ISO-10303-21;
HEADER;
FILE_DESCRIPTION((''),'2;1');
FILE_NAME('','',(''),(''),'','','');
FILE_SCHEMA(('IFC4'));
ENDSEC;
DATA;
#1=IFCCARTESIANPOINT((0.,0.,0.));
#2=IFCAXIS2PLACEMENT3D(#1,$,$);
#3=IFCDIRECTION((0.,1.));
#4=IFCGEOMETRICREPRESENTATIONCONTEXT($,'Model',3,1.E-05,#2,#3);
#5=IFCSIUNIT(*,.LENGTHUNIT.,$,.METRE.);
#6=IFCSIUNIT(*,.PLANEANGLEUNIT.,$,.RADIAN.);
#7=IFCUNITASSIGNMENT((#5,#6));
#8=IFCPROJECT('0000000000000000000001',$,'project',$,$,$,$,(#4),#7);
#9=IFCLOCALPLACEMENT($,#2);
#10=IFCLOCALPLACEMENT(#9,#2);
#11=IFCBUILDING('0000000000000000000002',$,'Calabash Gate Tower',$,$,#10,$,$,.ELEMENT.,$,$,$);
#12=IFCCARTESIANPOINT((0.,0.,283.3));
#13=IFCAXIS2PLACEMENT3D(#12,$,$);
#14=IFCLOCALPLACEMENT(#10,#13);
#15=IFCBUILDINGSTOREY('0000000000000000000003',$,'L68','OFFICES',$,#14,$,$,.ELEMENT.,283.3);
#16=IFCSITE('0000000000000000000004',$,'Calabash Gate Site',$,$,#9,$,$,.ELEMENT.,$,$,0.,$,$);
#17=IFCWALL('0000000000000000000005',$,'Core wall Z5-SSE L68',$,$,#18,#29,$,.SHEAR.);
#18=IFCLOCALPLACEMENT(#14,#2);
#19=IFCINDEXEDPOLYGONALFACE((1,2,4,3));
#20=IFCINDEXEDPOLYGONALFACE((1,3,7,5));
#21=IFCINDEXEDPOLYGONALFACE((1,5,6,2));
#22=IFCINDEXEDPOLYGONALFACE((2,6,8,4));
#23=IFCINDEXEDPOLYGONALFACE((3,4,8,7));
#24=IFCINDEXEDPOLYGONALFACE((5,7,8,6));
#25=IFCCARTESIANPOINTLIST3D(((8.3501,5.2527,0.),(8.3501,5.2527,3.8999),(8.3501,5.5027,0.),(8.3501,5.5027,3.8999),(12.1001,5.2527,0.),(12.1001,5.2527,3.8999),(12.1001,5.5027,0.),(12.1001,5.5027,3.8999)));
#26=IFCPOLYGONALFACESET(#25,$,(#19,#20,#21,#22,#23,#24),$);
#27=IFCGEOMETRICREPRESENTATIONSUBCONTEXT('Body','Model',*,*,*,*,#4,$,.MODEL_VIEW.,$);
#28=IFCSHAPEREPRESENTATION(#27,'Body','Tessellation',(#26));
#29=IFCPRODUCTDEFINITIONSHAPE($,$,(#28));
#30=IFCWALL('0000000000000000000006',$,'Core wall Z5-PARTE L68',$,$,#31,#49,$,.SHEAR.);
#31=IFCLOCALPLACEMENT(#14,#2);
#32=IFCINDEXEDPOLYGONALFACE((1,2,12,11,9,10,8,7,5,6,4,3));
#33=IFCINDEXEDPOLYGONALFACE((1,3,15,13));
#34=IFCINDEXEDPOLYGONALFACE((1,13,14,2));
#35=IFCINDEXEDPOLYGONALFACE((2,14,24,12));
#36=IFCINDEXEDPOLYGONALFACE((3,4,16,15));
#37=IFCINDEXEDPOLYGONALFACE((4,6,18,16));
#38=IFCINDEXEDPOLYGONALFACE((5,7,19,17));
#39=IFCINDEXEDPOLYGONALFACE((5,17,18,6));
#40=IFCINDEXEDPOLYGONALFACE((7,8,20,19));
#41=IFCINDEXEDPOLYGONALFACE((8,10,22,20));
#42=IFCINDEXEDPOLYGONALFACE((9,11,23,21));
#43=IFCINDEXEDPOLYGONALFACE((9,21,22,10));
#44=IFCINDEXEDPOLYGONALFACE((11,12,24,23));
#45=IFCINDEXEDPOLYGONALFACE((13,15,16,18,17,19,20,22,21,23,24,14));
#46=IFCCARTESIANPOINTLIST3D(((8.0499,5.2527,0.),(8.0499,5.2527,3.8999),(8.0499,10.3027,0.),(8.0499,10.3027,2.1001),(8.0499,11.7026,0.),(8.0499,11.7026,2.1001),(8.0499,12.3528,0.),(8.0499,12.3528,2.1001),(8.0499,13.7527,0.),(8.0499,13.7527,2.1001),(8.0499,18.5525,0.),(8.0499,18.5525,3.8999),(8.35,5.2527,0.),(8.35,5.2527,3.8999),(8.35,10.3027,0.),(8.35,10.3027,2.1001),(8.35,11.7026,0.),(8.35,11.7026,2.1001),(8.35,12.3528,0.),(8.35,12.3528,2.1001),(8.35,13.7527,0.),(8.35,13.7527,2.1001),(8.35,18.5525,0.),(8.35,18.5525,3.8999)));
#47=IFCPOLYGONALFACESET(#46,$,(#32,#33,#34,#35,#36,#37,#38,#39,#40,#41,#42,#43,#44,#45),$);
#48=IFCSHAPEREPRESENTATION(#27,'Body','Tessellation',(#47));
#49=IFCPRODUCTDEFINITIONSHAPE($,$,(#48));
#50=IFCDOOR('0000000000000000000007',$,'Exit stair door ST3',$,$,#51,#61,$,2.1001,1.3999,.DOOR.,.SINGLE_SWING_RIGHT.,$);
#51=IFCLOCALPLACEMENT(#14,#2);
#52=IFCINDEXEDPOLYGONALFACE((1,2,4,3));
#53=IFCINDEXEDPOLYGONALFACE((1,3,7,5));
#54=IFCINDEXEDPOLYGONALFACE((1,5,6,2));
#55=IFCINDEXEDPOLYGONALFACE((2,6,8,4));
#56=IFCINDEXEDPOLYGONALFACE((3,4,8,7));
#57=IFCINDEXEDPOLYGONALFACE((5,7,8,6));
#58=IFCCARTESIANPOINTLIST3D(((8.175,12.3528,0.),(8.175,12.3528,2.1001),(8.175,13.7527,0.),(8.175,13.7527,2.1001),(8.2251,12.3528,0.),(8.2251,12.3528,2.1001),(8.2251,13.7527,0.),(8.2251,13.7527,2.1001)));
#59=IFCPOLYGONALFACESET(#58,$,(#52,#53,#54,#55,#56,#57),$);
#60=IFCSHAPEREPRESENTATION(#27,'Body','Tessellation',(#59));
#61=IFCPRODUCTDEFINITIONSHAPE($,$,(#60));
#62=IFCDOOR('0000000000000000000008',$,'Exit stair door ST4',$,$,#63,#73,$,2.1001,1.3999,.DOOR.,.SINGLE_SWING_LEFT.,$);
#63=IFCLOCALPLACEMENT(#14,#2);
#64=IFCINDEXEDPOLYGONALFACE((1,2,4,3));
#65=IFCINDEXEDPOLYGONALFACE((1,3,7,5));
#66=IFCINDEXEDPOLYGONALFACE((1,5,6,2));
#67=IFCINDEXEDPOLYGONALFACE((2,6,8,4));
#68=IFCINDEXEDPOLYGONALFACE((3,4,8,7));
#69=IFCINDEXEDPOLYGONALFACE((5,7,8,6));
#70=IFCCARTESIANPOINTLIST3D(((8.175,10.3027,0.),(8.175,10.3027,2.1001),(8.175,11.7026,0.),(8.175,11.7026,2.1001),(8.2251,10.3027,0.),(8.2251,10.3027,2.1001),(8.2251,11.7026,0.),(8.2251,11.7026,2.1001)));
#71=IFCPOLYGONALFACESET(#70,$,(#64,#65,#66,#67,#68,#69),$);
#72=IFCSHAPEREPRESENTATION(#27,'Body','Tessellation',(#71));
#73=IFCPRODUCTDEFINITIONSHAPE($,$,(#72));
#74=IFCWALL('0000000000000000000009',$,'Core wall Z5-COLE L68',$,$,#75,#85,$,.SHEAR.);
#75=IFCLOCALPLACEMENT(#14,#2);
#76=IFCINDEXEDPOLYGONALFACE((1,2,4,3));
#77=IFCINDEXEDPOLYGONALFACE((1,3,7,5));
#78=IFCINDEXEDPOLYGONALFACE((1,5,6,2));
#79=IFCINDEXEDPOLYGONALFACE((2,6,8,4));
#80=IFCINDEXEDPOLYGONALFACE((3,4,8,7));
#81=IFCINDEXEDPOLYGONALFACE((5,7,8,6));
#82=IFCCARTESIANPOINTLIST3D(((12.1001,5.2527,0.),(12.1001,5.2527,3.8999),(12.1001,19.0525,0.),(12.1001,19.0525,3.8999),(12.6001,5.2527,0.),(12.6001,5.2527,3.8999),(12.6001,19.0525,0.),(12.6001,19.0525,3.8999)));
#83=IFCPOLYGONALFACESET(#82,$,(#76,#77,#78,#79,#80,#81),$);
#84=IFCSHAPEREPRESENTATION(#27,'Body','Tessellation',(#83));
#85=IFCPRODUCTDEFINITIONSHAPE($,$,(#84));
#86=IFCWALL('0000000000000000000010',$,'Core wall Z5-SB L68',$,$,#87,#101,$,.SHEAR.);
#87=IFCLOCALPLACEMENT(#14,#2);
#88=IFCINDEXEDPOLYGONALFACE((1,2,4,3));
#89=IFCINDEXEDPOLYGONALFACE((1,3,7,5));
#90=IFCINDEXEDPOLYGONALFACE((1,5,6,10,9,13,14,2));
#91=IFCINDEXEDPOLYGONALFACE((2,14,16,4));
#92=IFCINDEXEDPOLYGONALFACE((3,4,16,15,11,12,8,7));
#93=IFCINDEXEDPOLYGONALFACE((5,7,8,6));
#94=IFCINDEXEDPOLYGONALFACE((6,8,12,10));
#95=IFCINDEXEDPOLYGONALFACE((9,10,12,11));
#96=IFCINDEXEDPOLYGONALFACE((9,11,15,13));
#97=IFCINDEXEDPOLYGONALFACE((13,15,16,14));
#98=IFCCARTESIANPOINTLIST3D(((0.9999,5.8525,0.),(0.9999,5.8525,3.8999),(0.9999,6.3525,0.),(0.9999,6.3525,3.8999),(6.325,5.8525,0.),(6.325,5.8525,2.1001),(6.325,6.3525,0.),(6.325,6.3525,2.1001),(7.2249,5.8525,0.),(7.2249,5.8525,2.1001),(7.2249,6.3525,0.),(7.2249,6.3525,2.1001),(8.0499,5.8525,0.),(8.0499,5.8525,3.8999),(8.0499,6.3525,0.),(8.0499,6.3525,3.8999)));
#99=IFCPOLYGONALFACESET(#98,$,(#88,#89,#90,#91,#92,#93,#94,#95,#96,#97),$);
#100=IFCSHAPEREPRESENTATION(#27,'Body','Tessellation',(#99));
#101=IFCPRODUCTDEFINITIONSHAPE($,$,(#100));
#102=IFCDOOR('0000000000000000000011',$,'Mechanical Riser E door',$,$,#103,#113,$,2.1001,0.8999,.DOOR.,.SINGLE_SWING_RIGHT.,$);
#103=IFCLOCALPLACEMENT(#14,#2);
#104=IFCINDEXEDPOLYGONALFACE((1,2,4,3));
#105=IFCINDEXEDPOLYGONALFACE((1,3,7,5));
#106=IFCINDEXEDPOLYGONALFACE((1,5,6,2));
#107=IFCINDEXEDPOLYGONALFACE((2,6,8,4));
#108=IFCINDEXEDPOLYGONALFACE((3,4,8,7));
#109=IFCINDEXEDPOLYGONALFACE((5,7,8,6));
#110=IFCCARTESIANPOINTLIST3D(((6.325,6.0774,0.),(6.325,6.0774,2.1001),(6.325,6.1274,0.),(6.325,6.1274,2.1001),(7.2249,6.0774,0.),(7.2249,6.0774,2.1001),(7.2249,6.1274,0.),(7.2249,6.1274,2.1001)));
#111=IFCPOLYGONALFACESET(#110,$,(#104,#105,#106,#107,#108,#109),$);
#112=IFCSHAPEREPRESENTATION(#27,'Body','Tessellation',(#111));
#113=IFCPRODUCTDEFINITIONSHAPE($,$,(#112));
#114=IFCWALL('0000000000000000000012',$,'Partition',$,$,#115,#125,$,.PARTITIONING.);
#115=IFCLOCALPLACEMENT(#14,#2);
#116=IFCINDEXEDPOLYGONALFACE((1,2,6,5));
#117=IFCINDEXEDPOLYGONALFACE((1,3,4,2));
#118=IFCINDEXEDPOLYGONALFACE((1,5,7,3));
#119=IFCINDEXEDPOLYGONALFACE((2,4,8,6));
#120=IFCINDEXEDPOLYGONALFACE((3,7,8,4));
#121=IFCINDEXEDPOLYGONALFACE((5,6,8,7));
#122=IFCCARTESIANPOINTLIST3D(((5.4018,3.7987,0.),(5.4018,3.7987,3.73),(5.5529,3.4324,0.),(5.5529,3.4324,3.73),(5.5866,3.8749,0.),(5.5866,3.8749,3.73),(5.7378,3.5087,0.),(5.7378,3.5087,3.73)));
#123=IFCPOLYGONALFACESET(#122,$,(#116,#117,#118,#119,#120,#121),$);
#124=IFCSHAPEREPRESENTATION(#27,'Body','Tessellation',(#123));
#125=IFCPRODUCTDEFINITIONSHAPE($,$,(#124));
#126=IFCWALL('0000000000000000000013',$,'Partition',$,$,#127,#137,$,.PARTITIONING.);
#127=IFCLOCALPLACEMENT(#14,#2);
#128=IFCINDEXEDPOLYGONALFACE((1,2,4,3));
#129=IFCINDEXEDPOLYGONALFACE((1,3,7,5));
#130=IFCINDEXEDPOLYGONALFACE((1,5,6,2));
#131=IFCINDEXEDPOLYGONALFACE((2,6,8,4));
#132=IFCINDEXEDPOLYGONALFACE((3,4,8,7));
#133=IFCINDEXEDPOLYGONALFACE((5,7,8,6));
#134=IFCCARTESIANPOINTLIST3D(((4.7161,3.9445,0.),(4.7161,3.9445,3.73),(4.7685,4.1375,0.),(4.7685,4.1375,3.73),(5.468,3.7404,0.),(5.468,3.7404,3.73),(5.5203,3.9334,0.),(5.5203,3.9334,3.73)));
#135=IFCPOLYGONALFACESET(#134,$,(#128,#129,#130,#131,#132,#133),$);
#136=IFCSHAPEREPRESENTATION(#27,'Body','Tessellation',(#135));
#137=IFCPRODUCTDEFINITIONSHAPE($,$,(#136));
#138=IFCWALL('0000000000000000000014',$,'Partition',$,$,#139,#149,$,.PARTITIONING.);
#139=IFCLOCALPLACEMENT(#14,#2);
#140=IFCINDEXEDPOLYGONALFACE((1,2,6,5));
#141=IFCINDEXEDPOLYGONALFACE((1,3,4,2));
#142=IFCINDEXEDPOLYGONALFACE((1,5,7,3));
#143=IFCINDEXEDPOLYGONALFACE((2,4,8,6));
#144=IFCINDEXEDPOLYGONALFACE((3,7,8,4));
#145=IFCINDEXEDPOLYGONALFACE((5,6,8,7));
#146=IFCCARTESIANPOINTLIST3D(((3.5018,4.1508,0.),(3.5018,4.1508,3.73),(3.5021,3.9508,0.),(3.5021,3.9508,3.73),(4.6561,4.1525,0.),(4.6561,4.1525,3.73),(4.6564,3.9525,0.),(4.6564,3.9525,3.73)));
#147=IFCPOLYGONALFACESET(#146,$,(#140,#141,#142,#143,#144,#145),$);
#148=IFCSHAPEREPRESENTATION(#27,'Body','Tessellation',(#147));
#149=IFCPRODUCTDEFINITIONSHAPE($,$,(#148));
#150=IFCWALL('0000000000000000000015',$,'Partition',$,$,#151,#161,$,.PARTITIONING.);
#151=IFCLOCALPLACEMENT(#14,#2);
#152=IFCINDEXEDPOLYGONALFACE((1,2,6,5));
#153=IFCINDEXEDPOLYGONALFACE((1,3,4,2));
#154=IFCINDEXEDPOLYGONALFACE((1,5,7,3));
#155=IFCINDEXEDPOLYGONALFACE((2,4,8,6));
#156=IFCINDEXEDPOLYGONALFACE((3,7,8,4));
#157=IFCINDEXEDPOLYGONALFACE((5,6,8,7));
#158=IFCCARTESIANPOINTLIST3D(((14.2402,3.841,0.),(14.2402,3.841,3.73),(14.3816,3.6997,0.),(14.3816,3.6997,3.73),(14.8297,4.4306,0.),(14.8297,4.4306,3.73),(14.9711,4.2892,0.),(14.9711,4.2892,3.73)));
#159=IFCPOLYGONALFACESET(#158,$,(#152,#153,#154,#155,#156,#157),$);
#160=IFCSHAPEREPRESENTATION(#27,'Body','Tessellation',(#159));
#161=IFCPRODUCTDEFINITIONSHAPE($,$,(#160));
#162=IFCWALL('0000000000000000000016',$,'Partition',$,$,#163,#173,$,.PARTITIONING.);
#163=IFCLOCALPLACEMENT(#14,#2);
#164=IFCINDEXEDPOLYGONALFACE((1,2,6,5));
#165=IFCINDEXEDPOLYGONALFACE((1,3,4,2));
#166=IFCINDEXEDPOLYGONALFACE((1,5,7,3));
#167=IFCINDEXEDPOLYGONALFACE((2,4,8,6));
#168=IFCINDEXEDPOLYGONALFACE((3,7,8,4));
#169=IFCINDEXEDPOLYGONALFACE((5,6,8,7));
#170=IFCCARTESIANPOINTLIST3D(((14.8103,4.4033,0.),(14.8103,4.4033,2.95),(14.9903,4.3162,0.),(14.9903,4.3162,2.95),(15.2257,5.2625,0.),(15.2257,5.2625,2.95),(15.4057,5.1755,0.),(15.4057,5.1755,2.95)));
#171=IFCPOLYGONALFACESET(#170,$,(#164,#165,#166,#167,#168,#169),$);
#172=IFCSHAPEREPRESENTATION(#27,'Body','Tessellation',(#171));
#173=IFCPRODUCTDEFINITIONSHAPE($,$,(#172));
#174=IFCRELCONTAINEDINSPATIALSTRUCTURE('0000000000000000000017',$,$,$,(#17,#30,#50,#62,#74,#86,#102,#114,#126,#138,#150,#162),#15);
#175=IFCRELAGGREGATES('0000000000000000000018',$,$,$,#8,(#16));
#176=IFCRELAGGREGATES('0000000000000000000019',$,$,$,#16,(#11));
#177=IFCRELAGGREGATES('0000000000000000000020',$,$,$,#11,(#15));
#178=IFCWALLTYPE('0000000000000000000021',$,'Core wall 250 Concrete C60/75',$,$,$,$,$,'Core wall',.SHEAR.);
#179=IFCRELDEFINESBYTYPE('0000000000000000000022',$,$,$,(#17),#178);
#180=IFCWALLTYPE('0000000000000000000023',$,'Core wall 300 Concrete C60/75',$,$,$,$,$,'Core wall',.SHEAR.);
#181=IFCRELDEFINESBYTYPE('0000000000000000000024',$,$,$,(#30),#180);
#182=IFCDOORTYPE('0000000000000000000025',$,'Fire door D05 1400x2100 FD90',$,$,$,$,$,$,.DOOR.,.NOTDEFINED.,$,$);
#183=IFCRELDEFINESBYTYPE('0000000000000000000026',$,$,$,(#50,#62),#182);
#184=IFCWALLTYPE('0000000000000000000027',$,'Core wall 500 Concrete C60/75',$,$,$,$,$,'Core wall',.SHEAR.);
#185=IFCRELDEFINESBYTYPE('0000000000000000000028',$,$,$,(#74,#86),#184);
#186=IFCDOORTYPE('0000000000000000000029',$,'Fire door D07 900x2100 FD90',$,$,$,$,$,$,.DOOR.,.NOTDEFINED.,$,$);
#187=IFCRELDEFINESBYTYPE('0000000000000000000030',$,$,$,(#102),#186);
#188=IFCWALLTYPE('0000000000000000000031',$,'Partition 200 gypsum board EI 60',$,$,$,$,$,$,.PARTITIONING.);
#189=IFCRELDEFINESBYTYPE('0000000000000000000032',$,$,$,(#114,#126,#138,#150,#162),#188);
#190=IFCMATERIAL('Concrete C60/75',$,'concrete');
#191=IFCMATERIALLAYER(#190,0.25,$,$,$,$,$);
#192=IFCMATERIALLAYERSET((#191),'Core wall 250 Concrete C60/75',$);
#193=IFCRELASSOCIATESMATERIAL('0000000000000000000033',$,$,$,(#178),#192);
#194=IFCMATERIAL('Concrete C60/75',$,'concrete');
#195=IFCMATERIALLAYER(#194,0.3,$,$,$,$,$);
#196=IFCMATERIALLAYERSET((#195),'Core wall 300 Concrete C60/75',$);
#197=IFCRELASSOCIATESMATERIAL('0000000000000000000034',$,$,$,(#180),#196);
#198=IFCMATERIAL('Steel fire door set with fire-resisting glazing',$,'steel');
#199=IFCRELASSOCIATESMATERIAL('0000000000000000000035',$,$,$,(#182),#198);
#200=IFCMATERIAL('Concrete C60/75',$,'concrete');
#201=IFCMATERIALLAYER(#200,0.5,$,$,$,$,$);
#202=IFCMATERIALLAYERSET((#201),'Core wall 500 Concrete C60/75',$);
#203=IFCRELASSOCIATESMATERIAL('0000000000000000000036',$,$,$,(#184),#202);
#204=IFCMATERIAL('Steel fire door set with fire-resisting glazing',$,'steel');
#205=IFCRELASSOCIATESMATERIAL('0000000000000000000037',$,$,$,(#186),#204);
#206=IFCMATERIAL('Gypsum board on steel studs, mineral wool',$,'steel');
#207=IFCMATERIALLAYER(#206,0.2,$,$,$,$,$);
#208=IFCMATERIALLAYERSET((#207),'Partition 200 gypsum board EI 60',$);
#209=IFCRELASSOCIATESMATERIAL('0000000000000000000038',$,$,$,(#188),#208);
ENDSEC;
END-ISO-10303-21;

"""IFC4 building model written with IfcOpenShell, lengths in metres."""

from ifc_helpers import new_model, si_unit, direction, frame, frame_2d, origin, place, context, subcontext, project, spatial, rectangle, extrude, material, layer, layer_set, type_object, element, fill, save


model = new_model("IFC4")

# Units and contexts
model_context = context("Model", 3, precision=1e-05, world=origin(), true_north=direction((0.0, 1.0)))
body_context = subcontext(model_context, "Body", "Model", "MODEL_VIEW")
ifc_project = project(units=[si_unit("LENGTHUNIT", "METRE"), si_unit("PLANEANGLEUNIT", "RADIAN")], contexts=[model_context])

# Site, building, storey
site_placement = place(None, origin())
site = spatial("IfcSite", under=ifc_project, at=site_placement, Name="Calabash Gate Site", CompositionType="ELEMENT", RefElevation=0.0)
building_placement = place(site_placement, origin())
building = spatial("IfcBuilding", under=site, at=building_placement, Name="Calabash Gate Tower", CompositionType="ELEMENT")
storey_placement = place(building_placement, frame((0.0, 0.0, 283.3)))
storey = spatial("IfcBuildingStorey", under=building, at=storey_placement, Name="L68", Description="OFFICES", CompositionType="ELEMENT", Elevation=283.3)

# Wall
ifc_material_1 = material(Name="Concrete C60/75", Category="concrete")
ifc_layer_1 = layer(ifc_material_1, 0.25)
ifc_layer_set_1 = layer_set([ifc_layer_1], Name="Core wall 250 Concrete C60/75")
wall_type_1 = type_object("IfcWallType", Name="Core wall 250 Concrete C60/75", ElementType="Core wall", PredefinedType="SHEAR", material=ifc_layer_set_1)
wall_1_placement = place(storey_placement, frame((8.3501, 5.3777, 0.0), z_axis=(0.0, 0.0, 1.0), x_axis=(1.0, 0.0, 0.0)))
element("IfcWall", 1, at=wall_1_placement, inside=storey, type_object=wall_type_1, Name="Core wall Z5-SSE L68", PredefinedType="SHEAR", context=body_context, shape_type="SweptSolid", body=[
    extrude(rectangle(XDim=3.75, YDim=0.25, at=frame_2d((1.875, 0.0))), origin(), (0.0, 0.0, 1.0), 3.8999),
])

# Wall, openings, doors
ifc_material_2 = material(Name="Concrete C60/75", Category="concrete")
ifc_layer_2 = layer(ifc_material_2, 0.3)
ifc_layer_set_2 = layer_set([ifc_layer_2], Name="Core wall 300 Concrete C60/75")
wall_type_2 = type_object("IfcWallType", Name="Core wall 300 Concrete C60/75", ElementType="Core wall", PredefinedType="SHEAR", material=ifc_layer_set_2)
wall_2_placement = place(storey_placement, frame((8.2, 5.2527, 0.0), z_axis=(0.0, 0.0, 1.0), x_axis=(0.0, 1.0, 0.0)))
wall_2 = element("IfcWall", 2, at=wall_2_placement, inside=storey, type_object=wall_type_2, Name="Core wall Z5-PARTE L68", PredefinedType="SHEAR", context=body_context, shape_type="SweptSolid", body=[
    extrude(rectangle(XDim=13.2998, YDim=0.3, at=frame_2d((6.6499, 0.0))), origin(), (0.0, 0.0, 1.0), 3.8999),
])
opening_1_placement = place(wall_2_placement, frame((7.1001, 0.0, 0.0)))
opening_1 = element("IfcOpeningElement", 3, at=opening_1_placement, cuts=wall_2, PredefinedType="OPENING", context=body_context, shape_type="SweptSolid", body=[
    extrude(rectangle(XDim=1.3999, YDim=2.1001, at=frame_2d((0.7, 1.05))), frame((0.0, 0.1599, 0.0), z_axis=(0.0, -1.0, 0.0), x_axis=(1.0, 0.0, 0.0)), (0.0, 0.0, 1.0), 0.3201),
])
opening_2_placement = place(wall_2_placement, frame((5.05, 0.0, 0.0)))
opening_2 = element("IfcOpeningElement", 4, at=opening_2_placement, cuts=wall_2, PredefinedType="OPENING", context=body_context, shape_type="SweptSolid", body=[
    extrude(rectangle(XDim=1.3999, YDim=2.1001, at=frame_2d((0.7, 1.05))), frame((0.0, 0.1599, 0.0), z_axis=(0.0, -1.0, 0.0), x_axis=(1.0, 0.0, 0.0)), (0.0, 0.0, 1.0), 0.3201),
])
ifc_material_3 = material(Name="Steel fire door set with fire-resisting glazing", Category="steel")
door_type_1 = type_object("IfcDoorType", Name="Fire door D05 1400x2100 FD90", OperationType="NOTDEFINED", PredefinedType="DOOR", material=ifc_material_3)
door_1_placement = place(opening_1_placement, origin())
door_1 = element("IfcDoor", 5, at=door_1_placement, inside=storey, type_object=door_type_1, Name="Exit stair door ST3", OperationType="SINGLE_SWING_RIGHT", OverallHeight=2.1001, OverallWidth=1.3999, PredefinedType="DOOR", context=body_context, shape_type="SweptSolid", body=[
    extrude(rectangle(XDim=1.3999, YDim=2.1001, at=frame_2d((0.7, 1.05))), frame((0.0, 0.0249, 0.0), z_axis=(0.0, -1.0, 0.0), x_axis=(1.0, 0.0, 0.0)), (0.0, 0.0, 1.0), 0.05),
])
fill(opening_1, door_1)
door_2_placement = place(opening_2_placement, origin())
door_2 = element("IfcDoor", 6, at=door_2_placement, inside=storey, type_object=door_type_1, Name="Exit stair door ST4", OperationType="SINGLE_SWING_LEFT", OverallHeight=2.1001, OverallWidth=1.3999, PredefinedType="DOOR", context=body_context, shape_type="SweptSolid", body=[
    extrude(rectangle(XDim=1.3999, YDim=2.1001, at=frame_2d((0.7, 1.05))), frame((0.0, 0.0249, 0.0), z_axis=(0.0, -1.0, 0.0), x_axis=(1.0, 0.0, 0.0)), (0.0, 0.0, 1.0), 0.05),
])
fill(opening_2, door_2)

# Wall
ifc_material_4 = material(Name="Concrete C60/75", Category="concrete")
ifc_layer_3 = layer(ifc_material_4, 0.5)
ifc_layer_set_3 = layer_set([ifc_layer_3], Name="Core wall 500 Concrete C60/75")
wall_type_3 = type_object("IfcWallType", Name="Core wall 500 Concrete C60/75", ElementType="Core wall", PredefinedType="SHEAR", material=ifc_layer_set_3)
wall_3_placement = place(storey_placement, frame((12.3501, 5.2527, 0.0), z_axis=(0.0, 0.0, 1.0), x_axis=(0.0, 1.0, 0.0)))
element("IfcWall", 7, at=wall_3_placement, inside=storey, type_object=wall_type_3, Name="Core wall Z5-COLE L68", PredefinedType="SHEAR", context=body_context, shape_type="SweptSolid", body=[
    extrude(rectangle(XDim=13.7998, YDim=0.5, at=frame_2d((6.8999, 0.0))), origin(), (0.0, 0.0, 1.0), 3.8999),
])

# Wall, opening, door
wall_4_placement = place(storey_placement, frame((1.0, 6.1025, 0.0), z_axis=(0.0, 0.0, 1.0), x_axis=(1.0, 0.0, 0.0)))
wall_4 = element("IfcWall", 8, at=wall_4_placement, inside=storey, type_object=wall_type_3, Name="Core wall Z5-SB L68", PredefinedType="SHEAR", context=body_context, shape_type="SweptSolid", body=[
    extrude(rectangle(XDim=7.05, YDim=0.5, at=frame_2d((3.5249, 0.0))), origin(), (0.0, 0.0, 1.0), 3.8999),
])
opening_3_placement = place(wall_4_placement, frame((5.325, 0.0, 0.0)))
opening_3 = element("IfcOpeningElement", 9, at=opening_3_placement, cuts=wall_4, PredefinedType="OPENING", context=body_context, shape_type="SweptSolid", body=[
    extrude(rectangle(XDim=0.8999, YDim=2.1001, at=frame_2d((0.45, 1.05))), frame((0.0, 0.26, 0.0), z_axis=(0.0, -1.0, 0.0), x_axis=(1.0, 0.0, 0.0)), (0.0, 0.0, 1.0), 0.52),
])
ifc_material_5 = material(Name="Steel fire door set with fire-resisting glazing", Category="steel")
door_type_2 = type_object("IfcDoorType", Name="Fire door D07 900x2100 FD90", OperationType="NOTDEFINED", PredefinedType="DOOR", material=ifc_material_5)
door_3_placement = place(opening_3_placement, origin())
door_3 = element("IfcDoor", 10, at=door_3_placement, inside=storey, type_object=door_type_2, Name="Mechanical Riser E door", OperationType="SINGLE_SWING_RIGHT", OverallHeight=2.1001, OverallWidth=0.8999, PredefinedType="DOOR", context=body_context, shape_type="SweptSolid", body=[
    extrude(rectangle(XDim=0.8999, YDim=2.1001, at=frame_2d((0.45, 1.05))), frame((0.0, 0.0249, 0.0), z_axis=(0.0, -1.0, 0.0), x_axis=(1.0, 0.0, 0.0)), (0.0, 0.0, 1.0), 0.05),
])
fill(opening_3, door_3)

# Walls
ifc_material_6 = material(Name="Gypsum board on steel studs, mineral wool", Category="steel")
ifc_layer_4 = layer(ifc_material_6, 0.2)
ifc_layer_set_4 = layer_set([ifc_layer_4], Name="Partition 200 gypsum board EI 60")
wall_type_4 = type_object("IfcWallType", Name="Partition 200 gypsum board EI 60", PredefinedType="PARTITIONING", material=ifc_layer_set_4)
wall_5_placement = place(storey_placement, frame((5.4941, 3.8369, 0.0), z_axis=(0.0, 0.0, 1.0), x_axis=(0.381463, -0.924384, 0.0)))
element("IfcWall", 11, at=wall_5_placement, inside=storey, type_object=wall_type_4, Name="Partition", PredefinedType="PARTITIONING", context=body_context, shape_type="SweptSolid", body=[
    extrude(rectangle(XDim=0.3962, YDim=0.2, at=frame_2d((0.1982, 0.0))), origin(), (0.0, 0.0, 1.0), 3.73),
])
wall_6_placement = place(storey_placement, frame((4.7422, 4.041, 0.0), z_axis=(0.0, 0.0, 1.0), x_axis=(0.965081, -0.261951, 0.0)))
element("IfcWall", 12, at=wall_6_placement, inside=storey, type_object=wall_type_4, Name="Partition", PredefinedType="PARTITIONING", context=body_context, shape_type="SweptSolid", body=[
    extrude(rectangle(XDim=0.7791, YDim=0.2, at=frame_2d((0.3896, 0.0))), origin(), (0.0, 0.0, 1.0), 3.73),
])
wall_7_placement = place(storey_placement, frame((3.502, 4.0508, 0.0), z_axis=(0.0, 0.0, 1.0), x_axis=(0.999999, 0.001481, 0.0)))
element("IfcWall", 13, at=wall_7_placement, inside=storey, type_object=wall_type_4, Name="Partition", PredefinedType="PARTITIONING", context=body_context, shape_type="SweptSolid", body=[
    extrude(rectangle(XDim=1.1543, YDim=0.2, at=frame_2d((0.5771, 0.0))), origin(), (0.0, 0.0, 1.0), 3.73),
])
wall_8_placement = place(storey_placement, frame((14.3108, 3.7703, 0.0), z_axis=(0.0, 0.0, 1.0), x_axis=(0.707107, 0.707107, 0.0)))
element("IfcWall", 14, at=wall_8_placement, inside=storey, type_object=wall_type_4, Name="Partition", PredefinedType="PARTITIONING", context=body_context, shape_type="SweptSolid", body=[
    extrude(rectangle(XDim=0.8337, YDim=0.2, at=frame_2d((0.417, 0.0))), origin(), (0.0, 0.0, 1.0), 3.73),
])
wall_9_placement = place(storey_placement, frame((14.9004, 4.3599, 0.0), z_axis=(0.0, 0.0, 1.0), x_axis=(0.4352, 0.900334, 0.0)))
element("IfcWall", 15, at=wall_9_placement, inside=storey, type_object=wall_type_4, Name="Partition", PredefinedType="PARTITIONING", context=body_context, shape_type="SweptSolid", body=[
    extrude(rectangle(XDim=0.9543, YDim=0.2, at=frame_2d((0.4771, 0.0))), origin(), (0.0, 0.0, 1.0), 2.95),
])

save(model, "model.ifc")
